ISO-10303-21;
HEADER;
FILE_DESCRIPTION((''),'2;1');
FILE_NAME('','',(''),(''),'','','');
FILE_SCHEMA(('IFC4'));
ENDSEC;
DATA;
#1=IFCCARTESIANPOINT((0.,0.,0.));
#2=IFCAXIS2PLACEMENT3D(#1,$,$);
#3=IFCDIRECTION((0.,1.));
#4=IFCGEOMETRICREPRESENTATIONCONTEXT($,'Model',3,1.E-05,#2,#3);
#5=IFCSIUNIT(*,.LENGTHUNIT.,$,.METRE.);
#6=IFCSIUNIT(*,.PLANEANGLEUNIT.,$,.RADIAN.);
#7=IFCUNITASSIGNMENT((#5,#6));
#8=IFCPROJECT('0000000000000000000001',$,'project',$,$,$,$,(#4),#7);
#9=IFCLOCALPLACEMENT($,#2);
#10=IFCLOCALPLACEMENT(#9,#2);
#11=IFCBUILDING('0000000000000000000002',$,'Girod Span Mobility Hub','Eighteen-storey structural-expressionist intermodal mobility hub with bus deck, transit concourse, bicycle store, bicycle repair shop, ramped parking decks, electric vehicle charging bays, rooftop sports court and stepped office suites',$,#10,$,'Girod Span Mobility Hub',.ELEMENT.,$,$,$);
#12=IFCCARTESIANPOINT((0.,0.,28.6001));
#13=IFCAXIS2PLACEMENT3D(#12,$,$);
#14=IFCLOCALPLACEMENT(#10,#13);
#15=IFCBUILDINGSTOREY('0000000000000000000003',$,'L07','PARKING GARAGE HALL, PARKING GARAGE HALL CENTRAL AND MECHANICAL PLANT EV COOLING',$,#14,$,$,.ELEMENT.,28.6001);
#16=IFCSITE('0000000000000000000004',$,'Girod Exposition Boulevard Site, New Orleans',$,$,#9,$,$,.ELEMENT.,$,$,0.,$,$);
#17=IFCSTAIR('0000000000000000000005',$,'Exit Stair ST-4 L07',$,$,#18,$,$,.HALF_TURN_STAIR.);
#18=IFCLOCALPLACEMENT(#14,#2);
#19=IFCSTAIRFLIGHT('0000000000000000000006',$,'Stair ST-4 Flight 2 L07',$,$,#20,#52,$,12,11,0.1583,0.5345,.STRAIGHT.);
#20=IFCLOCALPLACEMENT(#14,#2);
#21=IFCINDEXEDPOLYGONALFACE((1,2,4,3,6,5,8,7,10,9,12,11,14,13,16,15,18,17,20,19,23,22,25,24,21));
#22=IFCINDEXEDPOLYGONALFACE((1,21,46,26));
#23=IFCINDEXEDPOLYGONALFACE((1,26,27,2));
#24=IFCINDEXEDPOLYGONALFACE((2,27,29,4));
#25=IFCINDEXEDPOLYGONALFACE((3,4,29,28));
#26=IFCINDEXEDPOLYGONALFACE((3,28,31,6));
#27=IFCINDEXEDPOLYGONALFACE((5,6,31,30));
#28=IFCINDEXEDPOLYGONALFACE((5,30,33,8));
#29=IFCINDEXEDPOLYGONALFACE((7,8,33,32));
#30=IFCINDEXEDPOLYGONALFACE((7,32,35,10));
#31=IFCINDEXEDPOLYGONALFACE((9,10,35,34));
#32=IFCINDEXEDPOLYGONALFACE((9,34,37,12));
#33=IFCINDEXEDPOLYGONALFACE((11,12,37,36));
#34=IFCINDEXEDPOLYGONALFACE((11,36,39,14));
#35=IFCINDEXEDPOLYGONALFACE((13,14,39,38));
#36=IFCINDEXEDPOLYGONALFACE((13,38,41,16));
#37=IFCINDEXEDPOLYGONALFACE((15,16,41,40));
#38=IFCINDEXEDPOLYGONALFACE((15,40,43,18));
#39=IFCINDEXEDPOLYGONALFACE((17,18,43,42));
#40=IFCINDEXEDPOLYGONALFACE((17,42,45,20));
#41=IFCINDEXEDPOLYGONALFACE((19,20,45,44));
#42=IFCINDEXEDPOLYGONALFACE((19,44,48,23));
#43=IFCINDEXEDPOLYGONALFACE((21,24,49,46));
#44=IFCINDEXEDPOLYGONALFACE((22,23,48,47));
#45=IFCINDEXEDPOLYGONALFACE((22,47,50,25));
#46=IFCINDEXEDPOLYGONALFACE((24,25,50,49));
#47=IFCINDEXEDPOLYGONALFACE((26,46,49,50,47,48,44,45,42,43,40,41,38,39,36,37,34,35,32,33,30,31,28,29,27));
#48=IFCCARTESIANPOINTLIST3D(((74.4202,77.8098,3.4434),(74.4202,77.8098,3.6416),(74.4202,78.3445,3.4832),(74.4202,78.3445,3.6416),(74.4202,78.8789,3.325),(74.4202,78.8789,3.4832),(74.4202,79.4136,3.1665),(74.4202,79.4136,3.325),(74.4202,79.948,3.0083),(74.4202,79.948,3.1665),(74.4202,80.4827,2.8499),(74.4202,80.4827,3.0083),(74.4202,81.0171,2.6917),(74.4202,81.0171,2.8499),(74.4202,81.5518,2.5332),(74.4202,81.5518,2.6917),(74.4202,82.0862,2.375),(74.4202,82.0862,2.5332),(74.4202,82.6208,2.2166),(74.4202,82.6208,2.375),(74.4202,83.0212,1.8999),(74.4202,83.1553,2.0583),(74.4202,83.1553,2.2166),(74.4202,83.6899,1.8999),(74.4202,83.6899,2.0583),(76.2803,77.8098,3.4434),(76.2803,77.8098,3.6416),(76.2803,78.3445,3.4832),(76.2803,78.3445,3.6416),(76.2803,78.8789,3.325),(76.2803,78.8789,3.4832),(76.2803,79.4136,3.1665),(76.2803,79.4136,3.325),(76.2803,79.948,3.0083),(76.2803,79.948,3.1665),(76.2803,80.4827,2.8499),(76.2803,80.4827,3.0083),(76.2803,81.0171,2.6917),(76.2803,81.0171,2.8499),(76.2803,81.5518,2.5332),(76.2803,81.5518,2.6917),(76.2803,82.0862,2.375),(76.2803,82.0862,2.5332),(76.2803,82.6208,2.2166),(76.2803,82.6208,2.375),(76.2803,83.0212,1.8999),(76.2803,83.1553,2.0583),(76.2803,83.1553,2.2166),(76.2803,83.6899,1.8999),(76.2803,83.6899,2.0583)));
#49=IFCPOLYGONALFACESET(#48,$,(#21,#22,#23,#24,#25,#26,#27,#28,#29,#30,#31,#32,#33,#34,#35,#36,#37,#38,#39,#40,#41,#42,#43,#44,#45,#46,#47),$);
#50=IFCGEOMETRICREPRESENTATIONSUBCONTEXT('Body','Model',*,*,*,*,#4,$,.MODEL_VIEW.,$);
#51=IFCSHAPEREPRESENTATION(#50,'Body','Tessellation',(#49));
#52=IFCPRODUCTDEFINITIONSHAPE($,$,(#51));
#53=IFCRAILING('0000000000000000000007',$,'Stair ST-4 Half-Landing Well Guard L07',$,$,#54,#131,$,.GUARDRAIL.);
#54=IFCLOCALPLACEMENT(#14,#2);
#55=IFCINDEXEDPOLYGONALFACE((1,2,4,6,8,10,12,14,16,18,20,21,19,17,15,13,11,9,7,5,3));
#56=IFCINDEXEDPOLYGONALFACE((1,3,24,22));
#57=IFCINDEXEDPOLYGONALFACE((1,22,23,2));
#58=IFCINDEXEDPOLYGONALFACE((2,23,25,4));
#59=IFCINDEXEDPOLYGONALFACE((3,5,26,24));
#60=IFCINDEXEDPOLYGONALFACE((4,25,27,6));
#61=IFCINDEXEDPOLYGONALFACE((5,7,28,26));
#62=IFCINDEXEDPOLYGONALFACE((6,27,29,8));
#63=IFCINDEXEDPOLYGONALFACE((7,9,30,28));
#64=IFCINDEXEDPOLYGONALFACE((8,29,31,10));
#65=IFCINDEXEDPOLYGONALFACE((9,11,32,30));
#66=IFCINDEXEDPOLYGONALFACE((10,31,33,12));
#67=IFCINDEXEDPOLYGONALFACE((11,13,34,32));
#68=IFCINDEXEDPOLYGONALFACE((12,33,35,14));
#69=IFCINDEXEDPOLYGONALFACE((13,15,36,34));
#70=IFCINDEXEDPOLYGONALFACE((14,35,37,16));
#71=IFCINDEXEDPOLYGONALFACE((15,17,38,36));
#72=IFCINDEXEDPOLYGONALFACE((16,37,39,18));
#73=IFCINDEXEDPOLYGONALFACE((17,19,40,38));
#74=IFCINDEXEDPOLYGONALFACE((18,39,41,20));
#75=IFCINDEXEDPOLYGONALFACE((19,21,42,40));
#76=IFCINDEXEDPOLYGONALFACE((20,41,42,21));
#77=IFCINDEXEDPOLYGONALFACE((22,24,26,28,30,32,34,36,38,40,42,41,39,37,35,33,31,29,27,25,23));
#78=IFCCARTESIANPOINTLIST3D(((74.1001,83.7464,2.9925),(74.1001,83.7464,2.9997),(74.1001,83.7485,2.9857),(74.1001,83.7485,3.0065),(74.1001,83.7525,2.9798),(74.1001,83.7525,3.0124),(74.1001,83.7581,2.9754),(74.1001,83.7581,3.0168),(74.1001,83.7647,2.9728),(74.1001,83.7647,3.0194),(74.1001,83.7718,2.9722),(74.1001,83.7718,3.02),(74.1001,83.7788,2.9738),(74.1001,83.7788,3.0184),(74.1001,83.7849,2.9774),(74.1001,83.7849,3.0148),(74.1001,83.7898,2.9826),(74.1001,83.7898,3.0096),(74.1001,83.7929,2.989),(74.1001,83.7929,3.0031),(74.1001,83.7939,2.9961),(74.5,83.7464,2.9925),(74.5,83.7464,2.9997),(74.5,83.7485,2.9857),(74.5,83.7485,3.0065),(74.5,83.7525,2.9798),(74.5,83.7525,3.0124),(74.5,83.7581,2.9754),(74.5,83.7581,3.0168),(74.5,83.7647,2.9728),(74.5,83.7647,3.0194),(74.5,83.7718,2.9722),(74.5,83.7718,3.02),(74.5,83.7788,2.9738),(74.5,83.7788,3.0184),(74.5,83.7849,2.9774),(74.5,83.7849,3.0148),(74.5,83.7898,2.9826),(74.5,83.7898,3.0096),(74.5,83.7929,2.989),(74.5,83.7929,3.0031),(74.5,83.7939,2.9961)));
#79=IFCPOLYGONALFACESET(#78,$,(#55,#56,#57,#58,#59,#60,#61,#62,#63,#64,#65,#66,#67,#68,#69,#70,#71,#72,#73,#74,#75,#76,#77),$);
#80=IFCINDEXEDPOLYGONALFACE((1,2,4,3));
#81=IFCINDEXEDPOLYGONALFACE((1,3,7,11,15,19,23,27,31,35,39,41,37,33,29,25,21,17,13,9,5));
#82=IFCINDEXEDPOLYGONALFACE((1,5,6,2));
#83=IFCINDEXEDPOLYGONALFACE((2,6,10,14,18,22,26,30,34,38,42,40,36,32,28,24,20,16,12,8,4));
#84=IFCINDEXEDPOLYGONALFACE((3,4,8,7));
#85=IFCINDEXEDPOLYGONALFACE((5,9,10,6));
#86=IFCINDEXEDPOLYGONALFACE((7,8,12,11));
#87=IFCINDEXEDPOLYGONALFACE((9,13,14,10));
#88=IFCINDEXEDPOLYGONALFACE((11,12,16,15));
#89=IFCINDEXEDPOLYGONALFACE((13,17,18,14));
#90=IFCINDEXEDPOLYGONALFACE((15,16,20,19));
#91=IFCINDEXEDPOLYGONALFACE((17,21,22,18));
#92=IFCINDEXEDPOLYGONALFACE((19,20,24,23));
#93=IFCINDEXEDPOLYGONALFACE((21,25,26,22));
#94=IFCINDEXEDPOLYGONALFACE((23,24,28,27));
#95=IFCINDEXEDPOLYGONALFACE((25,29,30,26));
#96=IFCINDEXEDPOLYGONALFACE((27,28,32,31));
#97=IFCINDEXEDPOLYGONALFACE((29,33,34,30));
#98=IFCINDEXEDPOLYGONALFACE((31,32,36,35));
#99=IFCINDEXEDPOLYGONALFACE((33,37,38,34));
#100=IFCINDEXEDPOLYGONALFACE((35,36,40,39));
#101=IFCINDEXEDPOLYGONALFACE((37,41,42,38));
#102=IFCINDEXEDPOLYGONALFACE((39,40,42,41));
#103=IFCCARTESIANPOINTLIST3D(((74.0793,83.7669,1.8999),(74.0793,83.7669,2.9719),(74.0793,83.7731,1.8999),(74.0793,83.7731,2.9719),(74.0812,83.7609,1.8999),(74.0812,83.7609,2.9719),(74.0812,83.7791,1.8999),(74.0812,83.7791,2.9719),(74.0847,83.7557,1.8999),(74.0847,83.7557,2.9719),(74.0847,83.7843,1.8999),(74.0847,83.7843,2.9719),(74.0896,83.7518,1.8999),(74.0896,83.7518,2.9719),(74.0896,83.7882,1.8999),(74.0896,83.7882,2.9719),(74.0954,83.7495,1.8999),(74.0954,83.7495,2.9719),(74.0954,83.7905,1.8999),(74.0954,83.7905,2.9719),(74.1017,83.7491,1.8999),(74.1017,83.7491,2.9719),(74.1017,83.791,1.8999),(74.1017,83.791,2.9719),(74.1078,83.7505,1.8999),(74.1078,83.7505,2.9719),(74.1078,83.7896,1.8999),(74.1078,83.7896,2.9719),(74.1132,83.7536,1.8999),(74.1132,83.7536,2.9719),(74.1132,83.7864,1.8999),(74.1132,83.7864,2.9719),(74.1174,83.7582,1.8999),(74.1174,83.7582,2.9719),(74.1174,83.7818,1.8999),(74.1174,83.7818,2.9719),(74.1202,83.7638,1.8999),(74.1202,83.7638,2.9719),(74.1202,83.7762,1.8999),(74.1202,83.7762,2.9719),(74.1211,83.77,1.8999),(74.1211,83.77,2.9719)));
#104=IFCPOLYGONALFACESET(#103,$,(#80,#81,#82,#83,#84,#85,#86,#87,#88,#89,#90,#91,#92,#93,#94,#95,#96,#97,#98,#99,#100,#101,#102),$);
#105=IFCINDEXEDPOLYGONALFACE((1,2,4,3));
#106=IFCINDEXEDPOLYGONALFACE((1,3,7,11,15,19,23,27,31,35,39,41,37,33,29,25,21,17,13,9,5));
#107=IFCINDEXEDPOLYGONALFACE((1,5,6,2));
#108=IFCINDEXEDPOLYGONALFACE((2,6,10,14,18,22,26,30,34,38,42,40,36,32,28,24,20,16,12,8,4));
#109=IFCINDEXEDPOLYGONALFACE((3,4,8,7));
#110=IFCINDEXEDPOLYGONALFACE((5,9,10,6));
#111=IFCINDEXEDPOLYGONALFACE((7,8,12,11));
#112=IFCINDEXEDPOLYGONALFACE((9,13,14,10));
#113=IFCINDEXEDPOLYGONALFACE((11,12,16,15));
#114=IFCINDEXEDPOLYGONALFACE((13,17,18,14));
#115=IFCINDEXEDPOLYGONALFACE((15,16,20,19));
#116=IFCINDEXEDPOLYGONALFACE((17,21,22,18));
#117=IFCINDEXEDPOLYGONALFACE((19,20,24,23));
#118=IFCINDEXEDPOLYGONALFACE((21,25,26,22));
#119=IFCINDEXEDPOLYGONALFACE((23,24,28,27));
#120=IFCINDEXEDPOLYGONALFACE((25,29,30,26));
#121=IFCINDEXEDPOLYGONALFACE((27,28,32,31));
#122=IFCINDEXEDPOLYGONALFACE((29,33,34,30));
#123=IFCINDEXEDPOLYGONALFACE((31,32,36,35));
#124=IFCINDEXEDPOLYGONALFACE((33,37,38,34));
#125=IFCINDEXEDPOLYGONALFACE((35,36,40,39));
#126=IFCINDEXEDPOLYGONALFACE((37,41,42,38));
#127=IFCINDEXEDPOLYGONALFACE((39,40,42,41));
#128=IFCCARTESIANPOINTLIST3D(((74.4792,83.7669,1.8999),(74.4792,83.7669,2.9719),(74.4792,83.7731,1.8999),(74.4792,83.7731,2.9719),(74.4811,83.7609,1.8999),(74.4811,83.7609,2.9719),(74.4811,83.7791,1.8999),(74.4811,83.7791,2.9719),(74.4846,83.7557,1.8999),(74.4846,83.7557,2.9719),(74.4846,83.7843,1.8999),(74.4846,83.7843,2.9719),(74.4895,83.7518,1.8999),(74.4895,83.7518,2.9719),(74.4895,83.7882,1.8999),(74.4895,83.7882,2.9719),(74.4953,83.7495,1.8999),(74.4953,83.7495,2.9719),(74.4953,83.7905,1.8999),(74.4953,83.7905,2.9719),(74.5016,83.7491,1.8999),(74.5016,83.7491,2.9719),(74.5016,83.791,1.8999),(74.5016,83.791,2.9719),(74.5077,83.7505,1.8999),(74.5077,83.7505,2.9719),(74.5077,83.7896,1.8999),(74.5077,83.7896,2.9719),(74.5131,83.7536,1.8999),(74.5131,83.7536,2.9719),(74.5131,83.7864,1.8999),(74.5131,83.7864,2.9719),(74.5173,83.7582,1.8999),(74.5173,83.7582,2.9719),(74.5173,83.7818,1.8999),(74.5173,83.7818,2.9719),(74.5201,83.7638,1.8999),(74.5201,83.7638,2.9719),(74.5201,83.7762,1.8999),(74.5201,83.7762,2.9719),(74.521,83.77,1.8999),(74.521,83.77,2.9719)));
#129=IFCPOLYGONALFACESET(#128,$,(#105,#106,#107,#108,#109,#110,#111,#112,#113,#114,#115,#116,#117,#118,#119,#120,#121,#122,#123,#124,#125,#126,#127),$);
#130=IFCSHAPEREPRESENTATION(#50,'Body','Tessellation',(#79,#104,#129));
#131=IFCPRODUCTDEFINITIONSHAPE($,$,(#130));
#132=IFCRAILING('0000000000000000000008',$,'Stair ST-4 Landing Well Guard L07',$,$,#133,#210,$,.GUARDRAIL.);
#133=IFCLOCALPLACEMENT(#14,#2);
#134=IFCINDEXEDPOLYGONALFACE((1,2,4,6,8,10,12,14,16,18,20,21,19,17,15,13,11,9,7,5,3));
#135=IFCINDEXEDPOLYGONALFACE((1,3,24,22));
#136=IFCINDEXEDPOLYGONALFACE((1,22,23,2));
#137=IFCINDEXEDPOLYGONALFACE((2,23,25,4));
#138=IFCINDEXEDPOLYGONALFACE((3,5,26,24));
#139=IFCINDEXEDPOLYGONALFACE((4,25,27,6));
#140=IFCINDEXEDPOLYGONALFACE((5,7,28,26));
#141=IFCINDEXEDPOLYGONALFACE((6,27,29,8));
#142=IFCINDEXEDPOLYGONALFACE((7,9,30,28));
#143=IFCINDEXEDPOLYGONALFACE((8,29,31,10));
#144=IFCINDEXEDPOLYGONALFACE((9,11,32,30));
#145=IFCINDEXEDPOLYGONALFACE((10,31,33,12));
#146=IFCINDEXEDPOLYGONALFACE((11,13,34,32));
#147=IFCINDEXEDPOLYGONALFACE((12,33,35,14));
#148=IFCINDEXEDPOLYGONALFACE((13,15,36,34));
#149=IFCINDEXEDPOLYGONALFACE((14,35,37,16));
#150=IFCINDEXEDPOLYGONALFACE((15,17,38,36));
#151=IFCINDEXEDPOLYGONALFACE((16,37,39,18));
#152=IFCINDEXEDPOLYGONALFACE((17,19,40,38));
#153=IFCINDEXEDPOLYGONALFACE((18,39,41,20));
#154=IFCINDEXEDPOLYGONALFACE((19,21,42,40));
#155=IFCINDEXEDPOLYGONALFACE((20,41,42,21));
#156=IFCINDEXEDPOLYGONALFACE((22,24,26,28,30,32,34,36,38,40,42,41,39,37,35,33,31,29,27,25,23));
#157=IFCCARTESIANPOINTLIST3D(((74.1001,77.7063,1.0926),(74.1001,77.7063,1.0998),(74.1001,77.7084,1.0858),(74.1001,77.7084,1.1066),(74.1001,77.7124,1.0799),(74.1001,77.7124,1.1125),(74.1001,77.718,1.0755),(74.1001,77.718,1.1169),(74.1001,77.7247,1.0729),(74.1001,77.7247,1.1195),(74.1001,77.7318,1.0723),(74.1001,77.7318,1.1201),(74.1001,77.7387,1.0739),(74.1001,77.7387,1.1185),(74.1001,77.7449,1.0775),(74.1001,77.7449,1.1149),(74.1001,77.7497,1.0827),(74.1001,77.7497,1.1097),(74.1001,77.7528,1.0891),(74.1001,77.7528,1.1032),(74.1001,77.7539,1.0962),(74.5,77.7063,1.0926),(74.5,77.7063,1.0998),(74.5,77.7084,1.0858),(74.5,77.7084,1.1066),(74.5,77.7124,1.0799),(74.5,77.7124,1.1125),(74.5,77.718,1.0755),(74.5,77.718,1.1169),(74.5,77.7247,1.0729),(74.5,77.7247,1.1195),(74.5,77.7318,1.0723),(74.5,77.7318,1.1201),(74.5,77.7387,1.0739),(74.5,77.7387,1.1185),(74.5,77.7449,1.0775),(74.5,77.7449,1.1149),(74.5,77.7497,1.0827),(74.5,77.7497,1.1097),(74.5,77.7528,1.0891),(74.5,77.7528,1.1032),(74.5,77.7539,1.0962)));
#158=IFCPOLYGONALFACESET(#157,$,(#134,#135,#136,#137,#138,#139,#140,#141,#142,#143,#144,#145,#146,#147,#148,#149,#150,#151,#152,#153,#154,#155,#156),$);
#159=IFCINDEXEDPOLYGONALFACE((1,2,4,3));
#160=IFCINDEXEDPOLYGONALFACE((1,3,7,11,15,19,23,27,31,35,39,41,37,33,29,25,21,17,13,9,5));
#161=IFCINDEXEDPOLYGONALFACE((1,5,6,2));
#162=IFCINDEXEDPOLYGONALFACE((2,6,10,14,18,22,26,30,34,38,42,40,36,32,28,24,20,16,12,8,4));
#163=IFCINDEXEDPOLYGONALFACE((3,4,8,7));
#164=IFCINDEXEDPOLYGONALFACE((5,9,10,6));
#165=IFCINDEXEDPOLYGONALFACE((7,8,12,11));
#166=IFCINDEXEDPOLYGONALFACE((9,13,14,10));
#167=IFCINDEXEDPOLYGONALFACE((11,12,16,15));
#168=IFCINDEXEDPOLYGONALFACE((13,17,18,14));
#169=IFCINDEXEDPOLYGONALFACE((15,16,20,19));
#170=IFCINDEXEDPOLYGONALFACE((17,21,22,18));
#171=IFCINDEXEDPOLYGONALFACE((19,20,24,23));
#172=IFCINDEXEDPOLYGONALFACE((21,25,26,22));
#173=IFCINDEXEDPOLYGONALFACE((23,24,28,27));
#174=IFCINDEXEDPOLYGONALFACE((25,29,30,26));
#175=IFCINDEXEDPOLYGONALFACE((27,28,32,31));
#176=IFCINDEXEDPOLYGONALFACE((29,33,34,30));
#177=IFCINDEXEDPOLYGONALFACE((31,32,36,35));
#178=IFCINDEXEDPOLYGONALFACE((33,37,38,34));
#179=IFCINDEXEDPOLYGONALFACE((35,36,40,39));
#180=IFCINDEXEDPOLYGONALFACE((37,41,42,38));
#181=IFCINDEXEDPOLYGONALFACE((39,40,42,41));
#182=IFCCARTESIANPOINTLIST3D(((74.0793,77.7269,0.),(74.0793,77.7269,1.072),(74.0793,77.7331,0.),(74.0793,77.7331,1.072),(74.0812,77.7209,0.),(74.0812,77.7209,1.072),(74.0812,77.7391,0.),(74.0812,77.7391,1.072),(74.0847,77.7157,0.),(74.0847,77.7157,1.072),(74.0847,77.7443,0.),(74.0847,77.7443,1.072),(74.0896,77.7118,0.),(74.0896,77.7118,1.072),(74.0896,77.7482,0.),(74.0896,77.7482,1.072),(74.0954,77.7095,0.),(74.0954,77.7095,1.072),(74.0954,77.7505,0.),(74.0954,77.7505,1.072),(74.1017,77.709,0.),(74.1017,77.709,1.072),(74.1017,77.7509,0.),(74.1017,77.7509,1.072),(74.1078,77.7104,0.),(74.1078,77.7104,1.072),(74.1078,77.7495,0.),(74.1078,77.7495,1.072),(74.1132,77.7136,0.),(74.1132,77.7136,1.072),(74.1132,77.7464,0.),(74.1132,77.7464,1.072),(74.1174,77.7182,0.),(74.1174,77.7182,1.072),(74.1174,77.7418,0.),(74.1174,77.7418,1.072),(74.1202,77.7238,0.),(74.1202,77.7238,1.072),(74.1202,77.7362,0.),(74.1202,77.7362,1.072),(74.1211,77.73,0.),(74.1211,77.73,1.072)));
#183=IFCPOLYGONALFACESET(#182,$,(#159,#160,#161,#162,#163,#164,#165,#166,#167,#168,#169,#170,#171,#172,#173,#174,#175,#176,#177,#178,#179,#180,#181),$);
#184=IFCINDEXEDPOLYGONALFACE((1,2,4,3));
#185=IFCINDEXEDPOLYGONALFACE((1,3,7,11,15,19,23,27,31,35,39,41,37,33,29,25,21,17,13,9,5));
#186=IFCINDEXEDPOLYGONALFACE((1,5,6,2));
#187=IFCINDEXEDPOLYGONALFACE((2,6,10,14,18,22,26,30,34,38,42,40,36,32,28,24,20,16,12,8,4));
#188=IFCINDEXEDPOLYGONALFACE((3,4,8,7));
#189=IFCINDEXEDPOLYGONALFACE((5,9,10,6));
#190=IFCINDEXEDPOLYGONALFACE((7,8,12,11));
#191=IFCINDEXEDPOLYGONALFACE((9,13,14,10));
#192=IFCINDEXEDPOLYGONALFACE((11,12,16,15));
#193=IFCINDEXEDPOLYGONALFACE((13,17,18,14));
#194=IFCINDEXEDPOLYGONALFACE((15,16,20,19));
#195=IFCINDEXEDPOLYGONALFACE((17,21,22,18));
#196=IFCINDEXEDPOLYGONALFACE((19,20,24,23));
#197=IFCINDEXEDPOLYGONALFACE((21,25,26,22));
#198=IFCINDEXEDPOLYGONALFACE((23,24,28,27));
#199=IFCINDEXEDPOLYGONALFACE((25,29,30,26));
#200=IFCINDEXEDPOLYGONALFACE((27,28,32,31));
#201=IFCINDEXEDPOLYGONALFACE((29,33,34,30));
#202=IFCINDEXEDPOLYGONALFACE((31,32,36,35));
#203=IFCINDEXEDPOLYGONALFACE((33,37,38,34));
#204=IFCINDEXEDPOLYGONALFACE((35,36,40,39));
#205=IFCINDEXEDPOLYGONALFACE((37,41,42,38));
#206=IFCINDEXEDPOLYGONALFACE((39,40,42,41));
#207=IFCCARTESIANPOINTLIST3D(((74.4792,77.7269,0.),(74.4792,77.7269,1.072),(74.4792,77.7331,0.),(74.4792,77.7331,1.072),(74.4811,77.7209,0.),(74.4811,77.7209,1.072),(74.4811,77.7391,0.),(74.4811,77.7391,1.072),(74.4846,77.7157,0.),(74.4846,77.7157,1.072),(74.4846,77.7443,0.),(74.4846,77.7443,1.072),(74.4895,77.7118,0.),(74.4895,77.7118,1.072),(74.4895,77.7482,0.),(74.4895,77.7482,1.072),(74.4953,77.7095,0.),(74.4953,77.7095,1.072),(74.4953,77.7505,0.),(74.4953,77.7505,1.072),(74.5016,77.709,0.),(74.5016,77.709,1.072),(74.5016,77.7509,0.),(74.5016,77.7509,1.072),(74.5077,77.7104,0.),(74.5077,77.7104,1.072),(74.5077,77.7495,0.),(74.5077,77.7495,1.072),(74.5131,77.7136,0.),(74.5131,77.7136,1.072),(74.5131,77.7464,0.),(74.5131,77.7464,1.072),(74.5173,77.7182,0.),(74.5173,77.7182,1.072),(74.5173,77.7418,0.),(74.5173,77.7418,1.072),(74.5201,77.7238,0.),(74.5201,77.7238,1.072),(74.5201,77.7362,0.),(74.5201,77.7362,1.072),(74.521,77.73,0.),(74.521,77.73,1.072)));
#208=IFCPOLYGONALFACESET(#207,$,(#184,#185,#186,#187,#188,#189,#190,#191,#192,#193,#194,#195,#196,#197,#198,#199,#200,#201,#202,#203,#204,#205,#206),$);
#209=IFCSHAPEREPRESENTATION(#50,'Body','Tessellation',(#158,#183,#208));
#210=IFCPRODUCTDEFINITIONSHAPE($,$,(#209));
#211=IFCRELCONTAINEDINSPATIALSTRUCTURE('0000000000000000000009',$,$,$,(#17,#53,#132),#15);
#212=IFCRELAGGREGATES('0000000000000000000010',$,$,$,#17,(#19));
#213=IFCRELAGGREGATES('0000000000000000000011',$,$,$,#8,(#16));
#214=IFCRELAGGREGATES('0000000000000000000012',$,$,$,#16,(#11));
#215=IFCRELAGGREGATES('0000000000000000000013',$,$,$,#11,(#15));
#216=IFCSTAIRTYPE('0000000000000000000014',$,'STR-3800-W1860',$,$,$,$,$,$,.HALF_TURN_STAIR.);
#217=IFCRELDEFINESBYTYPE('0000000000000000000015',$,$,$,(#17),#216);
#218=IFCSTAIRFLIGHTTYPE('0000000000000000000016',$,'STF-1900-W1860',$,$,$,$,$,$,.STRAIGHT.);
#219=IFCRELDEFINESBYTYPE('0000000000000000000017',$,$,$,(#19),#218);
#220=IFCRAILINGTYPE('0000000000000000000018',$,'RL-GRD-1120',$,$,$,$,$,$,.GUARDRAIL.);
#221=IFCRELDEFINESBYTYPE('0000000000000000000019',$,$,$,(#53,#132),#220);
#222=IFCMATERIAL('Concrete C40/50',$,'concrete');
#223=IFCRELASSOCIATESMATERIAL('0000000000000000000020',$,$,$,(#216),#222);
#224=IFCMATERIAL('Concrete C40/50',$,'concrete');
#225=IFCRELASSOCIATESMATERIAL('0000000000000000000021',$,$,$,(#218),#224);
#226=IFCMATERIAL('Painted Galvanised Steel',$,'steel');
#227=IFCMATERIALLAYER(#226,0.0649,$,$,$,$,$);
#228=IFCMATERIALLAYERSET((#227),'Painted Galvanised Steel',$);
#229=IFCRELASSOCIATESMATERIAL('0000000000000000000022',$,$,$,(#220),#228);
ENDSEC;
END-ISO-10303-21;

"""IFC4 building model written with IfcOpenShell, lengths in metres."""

from ifc_helpers import new_model, si_unit, direction, frame, origin, origin_2d, place, context, subcontext, project, spatial, polyline, circle, outline, extrude, material, layer, layer_set, type_object, element, aggregate, save


model = new_model("IFC4")

# Units and contexts
model_context = context("Model", 3, precision=1e-05, world=origin(), true_north=direction((0.0, 1.0)))
body_context = subcontext(model_context, "Body", "Model", "MODEL_VIEW")
ifc_project = project(units=[si_unit("LENGTHUNIT", "METRE"), si_unit("PLANEANGLEUNIT", "RADIAN")], contexts=[model_context])

# Site, building, storey
site_placement = place(None, origin())
site = spatial("IfcSite", under=ifc_project, at=site_placement, Name="Girod Exposition Boulevard Site, New Orleans", CompositionType="ELEMENT", RefElevation=0.0)
building_placement = place(site_placement, origin())
building = spatial("IfcBuilding", under=site, at=building_placement, Name="Girod Span Mobility Hub", Description="Eighteen-storey structural-expressionist intermodal mobility hub with bus deck, transit concourse, bicycle store, bicycle repair shop, ramped parking decks, electric vehicle charging bays, rooftop sports court and stepped office suites", LongName="Girod Span Mobility Hub", CompositionType="ELEMENT")
storey_placement = place(building_placement, frame((0.0, 0.0, 28.6001)))
storey = spatial("IfcBuildingStorey", under=building, at=storey_placement, Name="L07", Description="PARKING GARAGE HALL, PARKING GARAGE HALL CENTRAL AND MECHANICAL PLANT EV COOLING", CompositionType="ELEMENT", Elevation=28.6001)

# Stair, stair flight
ifc_material_1 = material(Name="Concrete C40/50", Category="concrete")
stair_type = type_object("IfcStairType", Name="STR-3800-W1860", PredefinedType="HALF_TURN_STAIR", material=ifc_material_1)
stair_placement = place(storey_placement, origin())
stair = element("IfcStair", 1, at=stair_placement, inside=storey, type_object=stair_type, Name="Exit Stair ST-4 L07", PredefinedType="HALF_TURN_STAIR")
ifc_material_2 = material(Name="Concrete C40/50", Category="concrete")
stair_flight_type = type_object("IfcStairFlightType", Name="STF-1900-W1860", PredefinedType="STRAIGHT", material=ifc_material_2)
stair_flight_1_placement = place(storey_placement, frame((75.3501, 83.6899, 1.8999), z_axis=(0.0, 0.0, 1.0), x_axis=(0.0, -1.0, 0.0)))
stair_flight_1 = element("IfcStairFlight", 2, at=stair_flight_1_placement, type_object=stair_flight_type, Name="Stair ST-4 Flight 2 L07", NumberOfRisers=12, NumberOfTreads=11, PredefinedType="STRAIGHT", RiserHeight=0.1583, TreadLength=0.5345, context=body_context, shape_type="SweptSolid", body=[
    extrude(outline(polyline([(0.0, 0.0), (0.0, 0.1584), (0.5347, 0.1584), (0.5347, 0.3167), (1.0691, 0.3167), (1.0691, 0.4751), (1.6038, 0.4751), (1.6038, 0.6333), (2.1382, 0.6333), (2.1382, 0.7917), (2.6729, 0.7917), (2.6729, 0.95), (3.2073, 0.95), (3.2073, 1.1084), (3.7419, 1.1084), (3.7419, 1.2666), (4.2764, 1.2666), (4.2764, 1.425), (4.811, 1.425), (4.811, 1.5833), (5.3455, 1.5833), (5.3455, 1.7417), (5.8801, 1.7417), (5.8801, 1.8999), (5.8801, 1.5435), (0.6687, 0.0), (0.0, 0.0)])), frame((0.0, 0.9302, 0.0), z_axis=(0.0, -1.0, 0.0), x_axis=(1.0, 0.0, 0.0)), (0.0, 0.0, 1.0), 1.8601),
])
aggregate(stair, [stair_flight_1])

# Railings
ifc_material_3 = material(Name="Painted Galvanised Steel", Category="steel")
ifc_layer_1 = layer(ifc_material_3, 0.0649)
ifc_layer_set_1 = layer_set([ifc_layer_1], Name="Painted Galvanised Steel")
railing_type_1 = type_object("IfcRailingType", Name="RL-GRD-1120", PredefinedType="GUARDRAIL", material=ifc_layer_set_1)
for number, where, name in (
    (3, (74.1001, 83.77, 1.8999), "Stair ST-4 Half-Landing Well Guard L07"),
    (4, (74.1001, 77.73, 0.0), "Stair ST-4 Landing Well Guard L07"),
):
    element("IfcRailing", number, at=place(storey_placement, frame(where)), inside=storey, type_object=railing_type_1, Name=name, PredefinedType="GUARDRAIL", context=body_context, shape_type="SweptSolid", body=[
        extrude(circle(Radius=0.0239, at=origin_2d()), frame((0.0, 0.0, 1.0962), z_axis=(1.0, 0.0, 0.0), x_axis=(0.0, 1.0, 0.0)), (0.0, 0.0, 1.0), 0.3999),
        extrude(circle(Radius=0.021, at=origin_2d()), origin(), (0.0, 0.0, 1.0), 1.072),
        extrude(circle(Radius=0.021, at=origin_2d()), frame((0.3999, 0.0, 0.0)), (0.0, 0.0, 1.0), 1.072),
    ])

save(model, "model.ifc")
